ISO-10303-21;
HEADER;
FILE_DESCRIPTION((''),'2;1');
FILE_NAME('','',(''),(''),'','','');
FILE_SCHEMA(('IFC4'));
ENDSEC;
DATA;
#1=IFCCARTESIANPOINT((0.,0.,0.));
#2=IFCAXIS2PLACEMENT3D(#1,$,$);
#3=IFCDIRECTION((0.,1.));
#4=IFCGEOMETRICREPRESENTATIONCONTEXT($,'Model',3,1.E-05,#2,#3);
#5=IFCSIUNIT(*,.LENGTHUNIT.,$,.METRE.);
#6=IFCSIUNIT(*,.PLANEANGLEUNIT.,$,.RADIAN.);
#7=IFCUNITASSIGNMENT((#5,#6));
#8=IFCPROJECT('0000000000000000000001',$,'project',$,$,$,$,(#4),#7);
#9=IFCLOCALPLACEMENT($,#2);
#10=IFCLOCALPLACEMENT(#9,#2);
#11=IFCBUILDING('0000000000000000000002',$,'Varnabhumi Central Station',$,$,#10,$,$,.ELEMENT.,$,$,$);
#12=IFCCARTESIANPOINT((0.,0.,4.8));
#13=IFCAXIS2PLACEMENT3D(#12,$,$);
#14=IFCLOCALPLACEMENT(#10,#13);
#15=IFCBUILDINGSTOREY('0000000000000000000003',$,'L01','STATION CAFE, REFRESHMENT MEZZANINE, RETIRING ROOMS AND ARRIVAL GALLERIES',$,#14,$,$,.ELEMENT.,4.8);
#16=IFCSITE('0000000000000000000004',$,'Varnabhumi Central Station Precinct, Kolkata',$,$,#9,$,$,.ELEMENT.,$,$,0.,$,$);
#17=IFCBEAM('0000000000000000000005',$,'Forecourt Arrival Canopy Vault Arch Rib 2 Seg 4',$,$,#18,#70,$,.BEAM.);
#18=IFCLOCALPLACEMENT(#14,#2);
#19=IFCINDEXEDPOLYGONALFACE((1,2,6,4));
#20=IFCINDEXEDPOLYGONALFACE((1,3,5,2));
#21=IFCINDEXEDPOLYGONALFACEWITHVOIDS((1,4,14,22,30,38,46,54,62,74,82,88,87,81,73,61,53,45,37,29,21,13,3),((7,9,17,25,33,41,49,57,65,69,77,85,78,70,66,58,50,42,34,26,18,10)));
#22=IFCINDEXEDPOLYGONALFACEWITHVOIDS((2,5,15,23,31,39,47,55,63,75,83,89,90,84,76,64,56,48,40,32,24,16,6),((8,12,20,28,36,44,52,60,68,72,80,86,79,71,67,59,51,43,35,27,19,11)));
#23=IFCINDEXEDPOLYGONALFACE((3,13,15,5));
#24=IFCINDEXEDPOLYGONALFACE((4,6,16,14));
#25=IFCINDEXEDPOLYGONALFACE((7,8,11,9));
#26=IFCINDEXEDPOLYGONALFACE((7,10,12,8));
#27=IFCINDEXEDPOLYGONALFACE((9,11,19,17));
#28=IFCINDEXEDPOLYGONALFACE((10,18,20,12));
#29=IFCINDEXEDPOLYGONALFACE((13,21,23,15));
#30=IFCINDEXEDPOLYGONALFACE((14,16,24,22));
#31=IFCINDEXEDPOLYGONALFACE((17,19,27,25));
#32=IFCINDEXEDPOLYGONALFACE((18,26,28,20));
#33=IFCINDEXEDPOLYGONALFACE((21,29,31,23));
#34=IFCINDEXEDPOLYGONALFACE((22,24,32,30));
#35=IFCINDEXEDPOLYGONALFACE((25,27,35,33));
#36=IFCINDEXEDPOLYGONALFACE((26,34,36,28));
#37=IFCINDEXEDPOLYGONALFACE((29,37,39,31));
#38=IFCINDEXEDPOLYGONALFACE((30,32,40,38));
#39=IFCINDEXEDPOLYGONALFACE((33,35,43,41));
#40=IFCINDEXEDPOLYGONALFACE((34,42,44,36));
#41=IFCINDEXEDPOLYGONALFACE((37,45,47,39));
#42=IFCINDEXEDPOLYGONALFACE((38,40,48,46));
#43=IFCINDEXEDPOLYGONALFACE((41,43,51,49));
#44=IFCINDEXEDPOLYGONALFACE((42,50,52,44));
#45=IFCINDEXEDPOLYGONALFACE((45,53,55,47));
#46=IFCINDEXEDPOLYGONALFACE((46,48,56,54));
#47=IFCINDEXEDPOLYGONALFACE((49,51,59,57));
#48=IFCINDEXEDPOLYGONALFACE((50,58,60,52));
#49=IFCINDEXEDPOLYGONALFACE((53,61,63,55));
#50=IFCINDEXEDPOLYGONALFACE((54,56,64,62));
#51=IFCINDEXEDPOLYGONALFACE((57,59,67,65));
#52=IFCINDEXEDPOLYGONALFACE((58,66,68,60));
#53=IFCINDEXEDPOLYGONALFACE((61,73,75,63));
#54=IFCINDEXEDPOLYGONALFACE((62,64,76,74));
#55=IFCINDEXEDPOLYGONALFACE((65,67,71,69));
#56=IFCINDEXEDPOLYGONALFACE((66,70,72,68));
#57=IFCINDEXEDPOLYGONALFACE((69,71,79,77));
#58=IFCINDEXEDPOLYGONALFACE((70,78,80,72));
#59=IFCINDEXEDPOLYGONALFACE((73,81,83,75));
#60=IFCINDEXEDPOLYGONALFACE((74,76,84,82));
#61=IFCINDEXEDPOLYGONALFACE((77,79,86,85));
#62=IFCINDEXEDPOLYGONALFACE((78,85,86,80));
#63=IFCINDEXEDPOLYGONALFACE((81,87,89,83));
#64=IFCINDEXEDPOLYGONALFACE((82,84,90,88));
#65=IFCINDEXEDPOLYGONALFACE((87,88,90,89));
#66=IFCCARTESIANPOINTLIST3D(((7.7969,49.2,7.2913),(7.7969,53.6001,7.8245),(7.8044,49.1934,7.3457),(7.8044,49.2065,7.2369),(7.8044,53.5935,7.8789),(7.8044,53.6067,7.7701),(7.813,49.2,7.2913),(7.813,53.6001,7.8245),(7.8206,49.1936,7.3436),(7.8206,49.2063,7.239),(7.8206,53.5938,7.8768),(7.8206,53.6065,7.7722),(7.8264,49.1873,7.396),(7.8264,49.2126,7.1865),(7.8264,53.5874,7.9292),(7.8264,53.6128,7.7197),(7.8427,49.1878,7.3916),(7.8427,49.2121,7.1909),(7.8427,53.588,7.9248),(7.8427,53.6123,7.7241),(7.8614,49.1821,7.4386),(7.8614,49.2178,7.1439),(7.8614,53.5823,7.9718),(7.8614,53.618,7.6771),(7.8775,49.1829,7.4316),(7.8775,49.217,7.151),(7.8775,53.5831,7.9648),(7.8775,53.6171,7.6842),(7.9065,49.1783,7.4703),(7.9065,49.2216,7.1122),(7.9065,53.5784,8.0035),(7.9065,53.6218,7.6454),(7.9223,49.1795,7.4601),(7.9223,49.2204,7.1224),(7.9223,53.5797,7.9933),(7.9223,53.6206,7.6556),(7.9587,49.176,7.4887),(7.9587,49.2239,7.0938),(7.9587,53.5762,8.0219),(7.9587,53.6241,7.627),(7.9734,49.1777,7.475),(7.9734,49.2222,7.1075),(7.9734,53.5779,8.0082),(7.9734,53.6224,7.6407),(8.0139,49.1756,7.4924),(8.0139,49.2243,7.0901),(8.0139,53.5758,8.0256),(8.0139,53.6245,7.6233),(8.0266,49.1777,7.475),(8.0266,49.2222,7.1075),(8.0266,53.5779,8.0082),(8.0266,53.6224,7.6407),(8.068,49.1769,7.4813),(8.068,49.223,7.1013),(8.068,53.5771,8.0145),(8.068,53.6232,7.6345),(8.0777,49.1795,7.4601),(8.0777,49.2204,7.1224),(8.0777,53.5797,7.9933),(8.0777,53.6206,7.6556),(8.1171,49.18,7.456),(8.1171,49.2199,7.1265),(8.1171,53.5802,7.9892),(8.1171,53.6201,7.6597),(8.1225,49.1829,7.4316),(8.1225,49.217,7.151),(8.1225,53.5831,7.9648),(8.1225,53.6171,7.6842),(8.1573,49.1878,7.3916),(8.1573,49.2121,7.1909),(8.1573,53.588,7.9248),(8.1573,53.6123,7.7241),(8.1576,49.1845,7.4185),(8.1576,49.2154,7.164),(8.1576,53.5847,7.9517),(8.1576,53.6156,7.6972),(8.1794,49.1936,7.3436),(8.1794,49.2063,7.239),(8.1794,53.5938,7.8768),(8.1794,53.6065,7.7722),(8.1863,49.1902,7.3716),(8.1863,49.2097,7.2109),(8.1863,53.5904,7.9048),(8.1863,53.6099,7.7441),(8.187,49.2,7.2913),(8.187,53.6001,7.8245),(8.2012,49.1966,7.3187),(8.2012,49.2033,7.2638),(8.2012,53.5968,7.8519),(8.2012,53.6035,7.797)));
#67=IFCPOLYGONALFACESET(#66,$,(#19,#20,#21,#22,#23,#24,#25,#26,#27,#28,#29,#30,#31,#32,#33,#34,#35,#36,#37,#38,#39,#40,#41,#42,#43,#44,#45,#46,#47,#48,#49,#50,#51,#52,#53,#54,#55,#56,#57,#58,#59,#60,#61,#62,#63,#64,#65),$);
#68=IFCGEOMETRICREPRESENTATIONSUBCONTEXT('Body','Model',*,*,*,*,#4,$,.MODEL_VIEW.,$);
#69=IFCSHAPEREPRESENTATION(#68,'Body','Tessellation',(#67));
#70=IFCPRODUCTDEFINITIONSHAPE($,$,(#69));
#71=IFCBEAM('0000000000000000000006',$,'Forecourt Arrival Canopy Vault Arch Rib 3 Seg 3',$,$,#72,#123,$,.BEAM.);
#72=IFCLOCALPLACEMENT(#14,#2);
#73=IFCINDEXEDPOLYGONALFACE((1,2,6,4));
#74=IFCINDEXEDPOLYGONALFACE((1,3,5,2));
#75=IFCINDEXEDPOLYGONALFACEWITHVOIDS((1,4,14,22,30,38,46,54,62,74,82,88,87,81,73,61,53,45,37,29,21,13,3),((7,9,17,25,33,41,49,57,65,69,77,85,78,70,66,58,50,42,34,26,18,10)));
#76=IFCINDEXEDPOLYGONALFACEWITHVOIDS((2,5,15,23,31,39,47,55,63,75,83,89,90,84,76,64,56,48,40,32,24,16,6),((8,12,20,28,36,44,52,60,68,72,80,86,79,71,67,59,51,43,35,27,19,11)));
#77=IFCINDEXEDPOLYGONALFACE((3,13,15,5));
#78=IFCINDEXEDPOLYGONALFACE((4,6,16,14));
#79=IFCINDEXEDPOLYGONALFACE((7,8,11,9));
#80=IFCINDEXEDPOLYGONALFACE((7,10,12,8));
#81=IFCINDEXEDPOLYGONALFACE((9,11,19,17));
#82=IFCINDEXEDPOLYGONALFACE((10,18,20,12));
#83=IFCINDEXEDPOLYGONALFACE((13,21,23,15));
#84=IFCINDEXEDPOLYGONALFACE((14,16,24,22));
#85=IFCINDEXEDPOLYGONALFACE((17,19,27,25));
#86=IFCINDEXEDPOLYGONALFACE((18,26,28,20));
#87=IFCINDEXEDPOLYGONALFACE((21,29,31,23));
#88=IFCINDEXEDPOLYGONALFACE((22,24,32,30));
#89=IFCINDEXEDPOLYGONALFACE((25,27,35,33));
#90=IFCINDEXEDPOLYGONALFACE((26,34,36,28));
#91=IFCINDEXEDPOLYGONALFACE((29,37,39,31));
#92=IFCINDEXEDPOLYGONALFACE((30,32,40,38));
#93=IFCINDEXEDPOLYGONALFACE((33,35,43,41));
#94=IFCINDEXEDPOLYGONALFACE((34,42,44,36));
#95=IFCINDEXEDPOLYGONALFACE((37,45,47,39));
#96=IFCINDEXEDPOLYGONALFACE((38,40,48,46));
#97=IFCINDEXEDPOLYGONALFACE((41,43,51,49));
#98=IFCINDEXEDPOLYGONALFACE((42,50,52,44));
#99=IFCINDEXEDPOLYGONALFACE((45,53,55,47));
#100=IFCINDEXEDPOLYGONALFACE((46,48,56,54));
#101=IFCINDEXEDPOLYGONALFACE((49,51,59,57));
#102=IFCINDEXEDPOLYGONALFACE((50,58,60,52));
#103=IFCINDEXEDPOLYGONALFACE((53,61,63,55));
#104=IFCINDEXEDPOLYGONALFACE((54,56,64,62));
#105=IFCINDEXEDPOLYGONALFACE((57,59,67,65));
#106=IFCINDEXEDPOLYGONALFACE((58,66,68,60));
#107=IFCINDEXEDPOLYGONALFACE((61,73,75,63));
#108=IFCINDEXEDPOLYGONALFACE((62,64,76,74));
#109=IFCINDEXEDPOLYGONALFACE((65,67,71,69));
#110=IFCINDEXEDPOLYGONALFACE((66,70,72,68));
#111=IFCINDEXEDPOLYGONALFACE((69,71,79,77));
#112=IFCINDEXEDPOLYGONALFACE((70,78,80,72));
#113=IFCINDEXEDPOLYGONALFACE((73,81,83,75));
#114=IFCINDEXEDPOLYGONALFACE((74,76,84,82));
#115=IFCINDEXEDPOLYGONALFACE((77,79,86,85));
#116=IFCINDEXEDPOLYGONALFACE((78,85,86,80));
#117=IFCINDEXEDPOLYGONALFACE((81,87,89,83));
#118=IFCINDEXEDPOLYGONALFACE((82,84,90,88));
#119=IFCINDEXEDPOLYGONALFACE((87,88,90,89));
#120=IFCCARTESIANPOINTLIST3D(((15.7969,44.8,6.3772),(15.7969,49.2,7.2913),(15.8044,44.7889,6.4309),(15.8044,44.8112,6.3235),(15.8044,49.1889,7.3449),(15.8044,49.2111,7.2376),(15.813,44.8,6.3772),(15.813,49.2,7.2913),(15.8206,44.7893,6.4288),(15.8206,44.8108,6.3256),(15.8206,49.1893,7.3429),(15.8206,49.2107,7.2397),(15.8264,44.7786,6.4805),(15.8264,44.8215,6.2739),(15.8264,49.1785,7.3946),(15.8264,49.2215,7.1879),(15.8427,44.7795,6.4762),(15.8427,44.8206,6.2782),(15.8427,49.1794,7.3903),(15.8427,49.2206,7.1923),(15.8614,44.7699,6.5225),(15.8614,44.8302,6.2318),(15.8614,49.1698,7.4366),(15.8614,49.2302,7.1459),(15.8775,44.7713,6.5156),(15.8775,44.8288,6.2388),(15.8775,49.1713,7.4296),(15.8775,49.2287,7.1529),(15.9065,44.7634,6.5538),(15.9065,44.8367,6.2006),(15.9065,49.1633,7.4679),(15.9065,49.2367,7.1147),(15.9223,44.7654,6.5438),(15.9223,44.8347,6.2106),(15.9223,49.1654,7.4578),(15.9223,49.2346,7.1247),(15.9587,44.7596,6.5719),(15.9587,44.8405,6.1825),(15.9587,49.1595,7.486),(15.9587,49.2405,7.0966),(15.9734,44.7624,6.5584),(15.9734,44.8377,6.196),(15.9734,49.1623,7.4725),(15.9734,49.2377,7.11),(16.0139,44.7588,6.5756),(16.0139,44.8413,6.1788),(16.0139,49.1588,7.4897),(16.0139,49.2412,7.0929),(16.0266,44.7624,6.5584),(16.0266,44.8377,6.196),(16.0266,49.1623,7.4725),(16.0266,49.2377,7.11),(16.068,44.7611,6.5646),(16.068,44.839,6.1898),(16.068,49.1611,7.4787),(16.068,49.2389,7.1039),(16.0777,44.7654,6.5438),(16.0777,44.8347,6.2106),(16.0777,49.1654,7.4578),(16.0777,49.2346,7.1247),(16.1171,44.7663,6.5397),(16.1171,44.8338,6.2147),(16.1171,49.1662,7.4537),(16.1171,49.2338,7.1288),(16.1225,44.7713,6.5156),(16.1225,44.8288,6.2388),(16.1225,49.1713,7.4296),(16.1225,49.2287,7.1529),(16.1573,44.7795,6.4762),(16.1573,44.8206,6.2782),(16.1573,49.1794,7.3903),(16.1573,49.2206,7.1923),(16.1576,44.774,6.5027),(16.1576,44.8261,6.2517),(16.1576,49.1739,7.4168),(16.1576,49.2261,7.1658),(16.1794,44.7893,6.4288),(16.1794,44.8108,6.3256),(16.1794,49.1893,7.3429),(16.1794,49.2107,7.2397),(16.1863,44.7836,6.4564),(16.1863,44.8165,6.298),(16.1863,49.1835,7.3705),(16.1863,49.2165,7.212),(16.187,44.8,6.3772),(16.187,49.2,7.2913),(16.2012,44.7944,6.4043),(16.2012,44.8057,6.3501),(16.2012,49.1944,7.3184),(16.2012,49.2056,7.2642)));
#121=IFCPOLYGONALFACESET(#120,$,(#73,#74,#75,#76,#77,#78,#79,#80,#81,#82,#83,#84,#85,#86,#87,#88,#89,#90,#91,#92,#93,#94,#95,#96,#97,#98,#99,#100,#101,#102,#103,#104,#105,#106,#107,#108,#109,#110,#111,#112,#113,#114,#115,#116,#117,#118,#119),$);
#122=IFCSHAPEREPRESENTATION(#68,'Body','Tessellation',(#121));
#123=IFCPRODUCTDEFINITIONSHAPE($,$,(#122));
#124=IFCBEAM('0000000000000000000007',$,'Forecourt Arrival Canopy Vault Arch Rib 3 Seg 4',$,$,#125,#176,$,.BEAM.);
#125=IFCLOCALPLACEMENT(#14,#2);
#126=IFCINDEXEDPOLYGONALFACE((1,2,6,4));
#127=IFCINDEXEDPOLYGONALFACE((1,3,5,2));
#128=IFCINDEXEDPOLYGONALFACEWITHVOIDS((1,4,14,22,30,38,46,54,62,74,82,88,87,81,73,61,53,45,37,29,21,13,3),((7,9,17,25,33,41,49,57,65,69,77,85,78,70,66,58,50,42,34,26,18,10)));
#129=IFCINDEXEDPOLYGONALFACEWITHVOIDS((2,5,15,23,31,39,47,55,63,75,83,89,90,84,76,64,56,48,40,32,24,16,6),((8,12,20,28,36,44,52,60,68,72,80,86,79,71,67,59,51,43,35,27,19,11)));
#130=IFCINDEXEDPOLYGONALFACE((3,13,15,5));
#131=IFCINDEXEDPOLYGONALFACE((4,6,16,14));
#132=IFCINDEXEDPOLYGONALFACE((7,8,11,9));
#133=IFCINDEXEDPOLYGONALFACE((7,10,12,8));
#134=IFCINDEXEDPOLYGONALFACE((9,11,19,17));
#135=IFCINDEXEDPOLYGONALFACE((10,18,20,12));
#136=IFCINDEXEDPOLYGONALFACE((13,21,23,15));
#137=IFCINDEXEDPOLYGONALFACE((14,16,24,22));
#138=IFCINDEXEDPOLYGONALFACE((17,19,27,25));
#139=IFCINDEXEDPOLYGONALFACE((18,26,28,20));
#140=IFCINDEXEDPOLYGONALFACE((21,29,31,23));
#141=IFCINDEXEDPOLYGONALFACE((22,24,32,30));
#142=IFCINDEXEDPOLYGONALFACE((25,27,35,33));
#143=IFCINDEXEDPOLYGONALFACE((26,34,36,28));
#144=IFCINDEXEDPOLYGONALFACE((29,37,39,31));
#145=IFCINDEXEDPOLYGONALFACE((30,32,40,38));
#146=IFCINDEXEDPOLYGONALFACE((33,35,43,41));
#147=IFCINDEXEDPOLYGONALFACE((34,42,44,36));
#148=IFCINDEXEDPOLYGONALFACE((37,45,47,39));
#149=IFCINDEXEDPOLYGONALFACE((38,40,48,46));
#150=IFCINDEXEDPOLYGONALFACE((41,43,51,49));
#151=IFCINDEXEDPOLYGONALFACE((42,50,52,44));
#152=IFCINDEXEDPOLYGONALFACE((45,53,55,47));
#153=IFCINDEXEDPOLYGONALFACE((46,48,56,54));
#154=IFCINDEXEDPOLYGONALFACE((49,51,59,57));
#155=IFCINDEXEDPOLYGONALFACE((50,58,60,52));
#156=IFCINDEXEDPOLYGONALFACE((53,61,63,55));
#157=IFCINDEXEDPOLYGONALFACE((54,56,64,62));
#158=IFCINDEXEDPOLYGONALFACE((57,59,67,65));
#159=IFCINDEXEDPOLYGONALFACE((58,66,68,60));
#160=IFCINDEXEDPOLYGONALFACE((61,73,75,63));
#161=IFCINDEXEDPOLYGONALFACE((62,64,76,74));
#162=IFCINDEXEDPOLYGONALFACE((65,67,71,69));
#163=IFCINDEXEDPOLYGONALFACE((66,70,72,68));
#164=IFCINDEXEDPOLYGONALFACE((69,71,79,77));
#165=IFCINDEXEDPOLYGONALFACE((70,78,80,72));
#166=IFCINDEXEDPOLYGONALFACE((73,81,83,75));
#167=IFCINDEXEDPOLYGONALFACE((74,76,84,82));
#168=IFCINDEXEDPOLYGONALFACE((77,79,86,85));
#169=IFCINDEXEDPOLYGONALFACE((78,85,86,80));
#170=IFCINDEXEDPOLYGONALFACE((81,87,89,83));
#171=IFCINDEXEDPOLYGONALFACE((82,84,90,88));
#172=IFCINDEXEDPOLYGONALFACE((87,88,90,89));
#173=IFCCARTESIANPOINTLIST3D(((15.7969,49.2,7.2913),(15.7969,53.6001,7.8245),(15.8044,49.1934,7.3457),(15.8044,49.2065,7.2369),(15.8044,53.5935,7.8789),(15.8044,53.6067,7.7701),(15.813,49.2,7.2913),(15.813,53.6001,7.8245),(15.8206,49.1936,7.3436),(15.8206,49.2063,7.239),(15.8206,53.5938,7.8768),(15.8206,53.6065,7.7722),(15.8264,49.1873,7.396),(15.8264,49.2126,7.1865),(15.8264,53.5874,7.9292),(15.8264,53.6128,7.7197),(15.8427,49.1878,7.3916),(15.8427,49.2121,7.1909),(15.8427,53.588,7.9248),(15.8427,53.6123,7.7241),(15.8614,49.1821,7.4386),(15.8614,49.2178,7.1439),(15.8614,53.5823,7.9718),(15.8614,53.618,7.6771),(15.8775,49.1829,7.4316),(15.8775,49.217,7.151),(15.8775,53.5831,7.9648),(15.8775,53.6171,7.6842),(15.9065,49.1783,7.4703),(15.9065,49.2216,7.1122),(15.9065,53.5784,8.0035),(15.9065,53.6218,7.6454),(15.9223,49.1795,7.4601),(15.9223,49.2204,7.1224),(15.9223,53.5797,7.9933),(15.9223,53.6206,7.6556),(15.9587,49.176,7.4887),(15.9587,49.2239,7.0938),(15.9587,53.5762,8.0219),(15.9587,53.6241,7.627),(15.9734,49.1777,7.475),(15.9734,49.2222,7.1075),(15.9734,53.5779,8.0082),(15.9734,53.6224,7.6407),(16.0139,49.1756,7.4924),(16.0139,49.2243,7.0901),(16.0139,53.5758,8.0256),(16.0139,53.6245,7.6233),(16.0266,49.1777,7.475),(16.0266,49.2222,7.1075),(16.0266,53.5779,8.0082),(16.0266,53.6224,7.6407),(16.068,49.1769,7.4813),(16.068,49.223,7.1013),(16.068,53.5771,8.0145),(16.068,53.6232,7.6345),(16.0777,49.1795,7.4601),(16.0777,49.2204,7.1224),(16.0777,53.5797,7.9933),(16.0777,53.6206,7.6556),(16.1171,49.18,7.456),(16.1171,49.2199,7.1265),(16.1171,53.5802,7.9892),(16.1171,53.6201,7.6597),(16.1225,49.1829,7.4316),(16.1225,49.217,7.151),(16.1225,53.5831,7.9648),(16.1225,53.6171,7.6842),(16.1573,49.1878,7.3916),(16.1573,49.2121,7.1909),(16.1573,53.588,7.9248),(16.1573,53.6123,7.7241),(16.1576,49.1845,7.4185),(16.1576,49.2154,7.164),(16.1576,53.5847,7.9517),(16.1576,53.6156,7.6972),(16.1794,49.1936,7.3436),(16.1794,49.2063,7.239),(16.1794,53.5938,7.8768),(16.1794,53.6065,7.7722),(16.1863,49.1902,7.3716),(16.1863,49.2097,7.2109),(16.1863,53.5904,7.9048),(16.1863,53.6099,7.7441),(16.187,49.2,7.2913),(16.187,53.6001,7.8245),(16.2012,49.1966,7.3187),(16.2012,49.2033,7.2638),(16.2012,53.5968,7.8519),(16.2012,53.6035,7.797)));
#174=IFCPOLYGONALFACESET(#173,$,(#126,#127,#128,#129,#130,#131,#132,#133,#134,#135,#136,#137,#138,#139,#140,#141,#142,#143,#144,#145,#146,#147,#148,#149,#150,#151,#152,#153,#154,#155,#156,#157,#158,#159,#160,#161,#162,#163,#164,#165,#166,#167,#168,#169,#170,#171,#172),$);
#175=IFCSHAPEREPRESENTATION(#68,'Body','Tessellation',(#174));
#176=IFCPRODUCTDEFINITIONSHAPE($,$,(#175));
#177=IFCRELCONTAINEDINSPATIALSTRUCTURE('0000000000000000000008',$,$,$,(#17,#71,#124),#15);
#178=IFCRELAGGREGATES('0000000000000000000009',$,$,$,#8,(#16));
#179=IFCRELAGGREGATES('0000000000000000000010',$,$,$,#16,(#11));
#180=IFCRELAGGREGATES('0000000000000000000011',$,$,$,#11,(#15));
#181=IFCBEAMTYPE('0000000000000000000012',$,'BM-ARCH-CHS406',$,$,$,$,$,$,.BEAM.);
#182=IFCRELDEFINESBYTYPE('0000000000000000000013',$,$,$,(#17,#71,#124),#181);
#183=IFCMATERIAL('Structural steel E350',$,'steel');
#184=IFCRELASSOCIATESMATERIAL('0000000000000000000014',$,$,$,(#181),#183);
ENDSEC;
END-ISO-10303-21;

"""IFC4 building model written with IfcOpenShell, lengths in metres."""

from ifc_helpers import new_model, si_unit, direction, frame, origin, origin_2d, place, context, subcontext, project, spatial, hollow_circle, extrude, material, material_profile, profile_set, type_object, element, save


model = new_model("IFC4")

# Units and contexts
model_context = context("Model", 3, precision=1e-05, world=origin(), true_north=direction((0.0, 1.0)))
body_context = subcontext(model_context, "Body", "Model", "MODEL_VIEW")
ifc_project = project(units=[si_unit("LENGTHUNIT", "METRE"), si_unit("PLANEANGLEUNIT", "RADIAN")], contexts=[model_context])

# Site, building, storey
site_placement = place(None, origin())
site = spatial("IfcSite", under=ifc_project, at=site_placement, Name="Varnabhumi Central Station Precinct, Kolkata", CompositionType="ELEMENT", RefElevation=0.0)
building_placement = place(site_placement, origin())
building = spatial("IfcBuilding", under=site, at=building_placement, Name="Varnabhumi Central Station", CompositionType="ELEMENT")
storey_placement = place(building_placement, frame((0.0, 0.0, 4.8)))
storey = spatial("IfcBuildingStorey", under=building, at=storey_placement, Name="L01", Description="STATION CAFE, REFRESHMENT MEZZANINE, RETIRING ROOMS AND ARRIVAL GALLERIES", CompositionType="ELEMENT", Elevation=4.8)

# Beams
ifc_material_1 = material(Name="Structural steel E350", Category="steel")
ifc_material_profile_1 = material_profile(ifc_material_1, hollow_circle(Radius=0.2031, WallThickness=0.0161, at=origin_2d()), Name="Structural steel E350", Category="steel")
ifc_profile_set_1 = profile_set([ifc_material_profile_1], Name="Structural steel E350")
beam_type_1 = type_object("IfcBeamType", Name="BM-ARCH-CHS406", PredefinedType="BEAM", material=ifc_profile_set_1)
beam_1_placement = place(storey_placement, frame((8.0, 49.2, 7.2913), z_axis=(0.0, 0.992738, 0.120298), x_axis=(-1.0, 0.0, 0.0)))
element("IfcBeam", 1, at=beam_1_placement, inside=storey, type_object=beam_type_1, Name="Forecourt Arrival Canopy Vault Arch Rib 2 Seg 4", PredefinedType="BEAM", context=body_context, shape_type="SweptSolid", body=[
    extrude(hollow_circle(Radius=0.2031, WallThickness=0.0161, at=origin_2d()), origin(), (0.0, 0.0, 1.0), 4.4324),
])
beam_2_placement = place(storey_placement, frame((16.0, 44.8, 6.3772), z_axis=(0.0, 0.979095, 0.203403), x_axis=(-1.0, 0.0, 0.0)))
element("IfcBeam", 2, at=beam_2_placement, inside=storey, type_object=beam_type_1, Name="Forecourt Arrival Canopy Vault Arch Rib 3 Seg 3", PredefinedType="BEAM", context=body_context, shape_type="SweptSolid", body=[
    extrude(hollow_circle(Radius=0.2031, WallThickness=0.0161, at=origin_2d()), origin(), (0.0, 0.0, 1.0), 4.4939),
])
beam_3_placement = place(storey_placement, frame((16.0, 49.2, 7.2913), z_axis=(0.0, 0.992738, 0.120298), x_axis=(-1.0, 0.0, 0.0)))
element("IfcBeam", 3, at=beam_3_placement, inside=storey, type_object=beam_type_1, Name="Forecourt Arrival Canopy Vault Arch Rib 3 Seg 4", PredefinedType="BEAM", context=body_context, shape_type="SweptSolid", body=[
    extrude(hollow_circle(Radius=0.2031, WallThickness=0.0161, at=origin_2d()), origin(), (0.0, 0.0, 1.0), 4.4324),
])

save(model, "model.ifc")
